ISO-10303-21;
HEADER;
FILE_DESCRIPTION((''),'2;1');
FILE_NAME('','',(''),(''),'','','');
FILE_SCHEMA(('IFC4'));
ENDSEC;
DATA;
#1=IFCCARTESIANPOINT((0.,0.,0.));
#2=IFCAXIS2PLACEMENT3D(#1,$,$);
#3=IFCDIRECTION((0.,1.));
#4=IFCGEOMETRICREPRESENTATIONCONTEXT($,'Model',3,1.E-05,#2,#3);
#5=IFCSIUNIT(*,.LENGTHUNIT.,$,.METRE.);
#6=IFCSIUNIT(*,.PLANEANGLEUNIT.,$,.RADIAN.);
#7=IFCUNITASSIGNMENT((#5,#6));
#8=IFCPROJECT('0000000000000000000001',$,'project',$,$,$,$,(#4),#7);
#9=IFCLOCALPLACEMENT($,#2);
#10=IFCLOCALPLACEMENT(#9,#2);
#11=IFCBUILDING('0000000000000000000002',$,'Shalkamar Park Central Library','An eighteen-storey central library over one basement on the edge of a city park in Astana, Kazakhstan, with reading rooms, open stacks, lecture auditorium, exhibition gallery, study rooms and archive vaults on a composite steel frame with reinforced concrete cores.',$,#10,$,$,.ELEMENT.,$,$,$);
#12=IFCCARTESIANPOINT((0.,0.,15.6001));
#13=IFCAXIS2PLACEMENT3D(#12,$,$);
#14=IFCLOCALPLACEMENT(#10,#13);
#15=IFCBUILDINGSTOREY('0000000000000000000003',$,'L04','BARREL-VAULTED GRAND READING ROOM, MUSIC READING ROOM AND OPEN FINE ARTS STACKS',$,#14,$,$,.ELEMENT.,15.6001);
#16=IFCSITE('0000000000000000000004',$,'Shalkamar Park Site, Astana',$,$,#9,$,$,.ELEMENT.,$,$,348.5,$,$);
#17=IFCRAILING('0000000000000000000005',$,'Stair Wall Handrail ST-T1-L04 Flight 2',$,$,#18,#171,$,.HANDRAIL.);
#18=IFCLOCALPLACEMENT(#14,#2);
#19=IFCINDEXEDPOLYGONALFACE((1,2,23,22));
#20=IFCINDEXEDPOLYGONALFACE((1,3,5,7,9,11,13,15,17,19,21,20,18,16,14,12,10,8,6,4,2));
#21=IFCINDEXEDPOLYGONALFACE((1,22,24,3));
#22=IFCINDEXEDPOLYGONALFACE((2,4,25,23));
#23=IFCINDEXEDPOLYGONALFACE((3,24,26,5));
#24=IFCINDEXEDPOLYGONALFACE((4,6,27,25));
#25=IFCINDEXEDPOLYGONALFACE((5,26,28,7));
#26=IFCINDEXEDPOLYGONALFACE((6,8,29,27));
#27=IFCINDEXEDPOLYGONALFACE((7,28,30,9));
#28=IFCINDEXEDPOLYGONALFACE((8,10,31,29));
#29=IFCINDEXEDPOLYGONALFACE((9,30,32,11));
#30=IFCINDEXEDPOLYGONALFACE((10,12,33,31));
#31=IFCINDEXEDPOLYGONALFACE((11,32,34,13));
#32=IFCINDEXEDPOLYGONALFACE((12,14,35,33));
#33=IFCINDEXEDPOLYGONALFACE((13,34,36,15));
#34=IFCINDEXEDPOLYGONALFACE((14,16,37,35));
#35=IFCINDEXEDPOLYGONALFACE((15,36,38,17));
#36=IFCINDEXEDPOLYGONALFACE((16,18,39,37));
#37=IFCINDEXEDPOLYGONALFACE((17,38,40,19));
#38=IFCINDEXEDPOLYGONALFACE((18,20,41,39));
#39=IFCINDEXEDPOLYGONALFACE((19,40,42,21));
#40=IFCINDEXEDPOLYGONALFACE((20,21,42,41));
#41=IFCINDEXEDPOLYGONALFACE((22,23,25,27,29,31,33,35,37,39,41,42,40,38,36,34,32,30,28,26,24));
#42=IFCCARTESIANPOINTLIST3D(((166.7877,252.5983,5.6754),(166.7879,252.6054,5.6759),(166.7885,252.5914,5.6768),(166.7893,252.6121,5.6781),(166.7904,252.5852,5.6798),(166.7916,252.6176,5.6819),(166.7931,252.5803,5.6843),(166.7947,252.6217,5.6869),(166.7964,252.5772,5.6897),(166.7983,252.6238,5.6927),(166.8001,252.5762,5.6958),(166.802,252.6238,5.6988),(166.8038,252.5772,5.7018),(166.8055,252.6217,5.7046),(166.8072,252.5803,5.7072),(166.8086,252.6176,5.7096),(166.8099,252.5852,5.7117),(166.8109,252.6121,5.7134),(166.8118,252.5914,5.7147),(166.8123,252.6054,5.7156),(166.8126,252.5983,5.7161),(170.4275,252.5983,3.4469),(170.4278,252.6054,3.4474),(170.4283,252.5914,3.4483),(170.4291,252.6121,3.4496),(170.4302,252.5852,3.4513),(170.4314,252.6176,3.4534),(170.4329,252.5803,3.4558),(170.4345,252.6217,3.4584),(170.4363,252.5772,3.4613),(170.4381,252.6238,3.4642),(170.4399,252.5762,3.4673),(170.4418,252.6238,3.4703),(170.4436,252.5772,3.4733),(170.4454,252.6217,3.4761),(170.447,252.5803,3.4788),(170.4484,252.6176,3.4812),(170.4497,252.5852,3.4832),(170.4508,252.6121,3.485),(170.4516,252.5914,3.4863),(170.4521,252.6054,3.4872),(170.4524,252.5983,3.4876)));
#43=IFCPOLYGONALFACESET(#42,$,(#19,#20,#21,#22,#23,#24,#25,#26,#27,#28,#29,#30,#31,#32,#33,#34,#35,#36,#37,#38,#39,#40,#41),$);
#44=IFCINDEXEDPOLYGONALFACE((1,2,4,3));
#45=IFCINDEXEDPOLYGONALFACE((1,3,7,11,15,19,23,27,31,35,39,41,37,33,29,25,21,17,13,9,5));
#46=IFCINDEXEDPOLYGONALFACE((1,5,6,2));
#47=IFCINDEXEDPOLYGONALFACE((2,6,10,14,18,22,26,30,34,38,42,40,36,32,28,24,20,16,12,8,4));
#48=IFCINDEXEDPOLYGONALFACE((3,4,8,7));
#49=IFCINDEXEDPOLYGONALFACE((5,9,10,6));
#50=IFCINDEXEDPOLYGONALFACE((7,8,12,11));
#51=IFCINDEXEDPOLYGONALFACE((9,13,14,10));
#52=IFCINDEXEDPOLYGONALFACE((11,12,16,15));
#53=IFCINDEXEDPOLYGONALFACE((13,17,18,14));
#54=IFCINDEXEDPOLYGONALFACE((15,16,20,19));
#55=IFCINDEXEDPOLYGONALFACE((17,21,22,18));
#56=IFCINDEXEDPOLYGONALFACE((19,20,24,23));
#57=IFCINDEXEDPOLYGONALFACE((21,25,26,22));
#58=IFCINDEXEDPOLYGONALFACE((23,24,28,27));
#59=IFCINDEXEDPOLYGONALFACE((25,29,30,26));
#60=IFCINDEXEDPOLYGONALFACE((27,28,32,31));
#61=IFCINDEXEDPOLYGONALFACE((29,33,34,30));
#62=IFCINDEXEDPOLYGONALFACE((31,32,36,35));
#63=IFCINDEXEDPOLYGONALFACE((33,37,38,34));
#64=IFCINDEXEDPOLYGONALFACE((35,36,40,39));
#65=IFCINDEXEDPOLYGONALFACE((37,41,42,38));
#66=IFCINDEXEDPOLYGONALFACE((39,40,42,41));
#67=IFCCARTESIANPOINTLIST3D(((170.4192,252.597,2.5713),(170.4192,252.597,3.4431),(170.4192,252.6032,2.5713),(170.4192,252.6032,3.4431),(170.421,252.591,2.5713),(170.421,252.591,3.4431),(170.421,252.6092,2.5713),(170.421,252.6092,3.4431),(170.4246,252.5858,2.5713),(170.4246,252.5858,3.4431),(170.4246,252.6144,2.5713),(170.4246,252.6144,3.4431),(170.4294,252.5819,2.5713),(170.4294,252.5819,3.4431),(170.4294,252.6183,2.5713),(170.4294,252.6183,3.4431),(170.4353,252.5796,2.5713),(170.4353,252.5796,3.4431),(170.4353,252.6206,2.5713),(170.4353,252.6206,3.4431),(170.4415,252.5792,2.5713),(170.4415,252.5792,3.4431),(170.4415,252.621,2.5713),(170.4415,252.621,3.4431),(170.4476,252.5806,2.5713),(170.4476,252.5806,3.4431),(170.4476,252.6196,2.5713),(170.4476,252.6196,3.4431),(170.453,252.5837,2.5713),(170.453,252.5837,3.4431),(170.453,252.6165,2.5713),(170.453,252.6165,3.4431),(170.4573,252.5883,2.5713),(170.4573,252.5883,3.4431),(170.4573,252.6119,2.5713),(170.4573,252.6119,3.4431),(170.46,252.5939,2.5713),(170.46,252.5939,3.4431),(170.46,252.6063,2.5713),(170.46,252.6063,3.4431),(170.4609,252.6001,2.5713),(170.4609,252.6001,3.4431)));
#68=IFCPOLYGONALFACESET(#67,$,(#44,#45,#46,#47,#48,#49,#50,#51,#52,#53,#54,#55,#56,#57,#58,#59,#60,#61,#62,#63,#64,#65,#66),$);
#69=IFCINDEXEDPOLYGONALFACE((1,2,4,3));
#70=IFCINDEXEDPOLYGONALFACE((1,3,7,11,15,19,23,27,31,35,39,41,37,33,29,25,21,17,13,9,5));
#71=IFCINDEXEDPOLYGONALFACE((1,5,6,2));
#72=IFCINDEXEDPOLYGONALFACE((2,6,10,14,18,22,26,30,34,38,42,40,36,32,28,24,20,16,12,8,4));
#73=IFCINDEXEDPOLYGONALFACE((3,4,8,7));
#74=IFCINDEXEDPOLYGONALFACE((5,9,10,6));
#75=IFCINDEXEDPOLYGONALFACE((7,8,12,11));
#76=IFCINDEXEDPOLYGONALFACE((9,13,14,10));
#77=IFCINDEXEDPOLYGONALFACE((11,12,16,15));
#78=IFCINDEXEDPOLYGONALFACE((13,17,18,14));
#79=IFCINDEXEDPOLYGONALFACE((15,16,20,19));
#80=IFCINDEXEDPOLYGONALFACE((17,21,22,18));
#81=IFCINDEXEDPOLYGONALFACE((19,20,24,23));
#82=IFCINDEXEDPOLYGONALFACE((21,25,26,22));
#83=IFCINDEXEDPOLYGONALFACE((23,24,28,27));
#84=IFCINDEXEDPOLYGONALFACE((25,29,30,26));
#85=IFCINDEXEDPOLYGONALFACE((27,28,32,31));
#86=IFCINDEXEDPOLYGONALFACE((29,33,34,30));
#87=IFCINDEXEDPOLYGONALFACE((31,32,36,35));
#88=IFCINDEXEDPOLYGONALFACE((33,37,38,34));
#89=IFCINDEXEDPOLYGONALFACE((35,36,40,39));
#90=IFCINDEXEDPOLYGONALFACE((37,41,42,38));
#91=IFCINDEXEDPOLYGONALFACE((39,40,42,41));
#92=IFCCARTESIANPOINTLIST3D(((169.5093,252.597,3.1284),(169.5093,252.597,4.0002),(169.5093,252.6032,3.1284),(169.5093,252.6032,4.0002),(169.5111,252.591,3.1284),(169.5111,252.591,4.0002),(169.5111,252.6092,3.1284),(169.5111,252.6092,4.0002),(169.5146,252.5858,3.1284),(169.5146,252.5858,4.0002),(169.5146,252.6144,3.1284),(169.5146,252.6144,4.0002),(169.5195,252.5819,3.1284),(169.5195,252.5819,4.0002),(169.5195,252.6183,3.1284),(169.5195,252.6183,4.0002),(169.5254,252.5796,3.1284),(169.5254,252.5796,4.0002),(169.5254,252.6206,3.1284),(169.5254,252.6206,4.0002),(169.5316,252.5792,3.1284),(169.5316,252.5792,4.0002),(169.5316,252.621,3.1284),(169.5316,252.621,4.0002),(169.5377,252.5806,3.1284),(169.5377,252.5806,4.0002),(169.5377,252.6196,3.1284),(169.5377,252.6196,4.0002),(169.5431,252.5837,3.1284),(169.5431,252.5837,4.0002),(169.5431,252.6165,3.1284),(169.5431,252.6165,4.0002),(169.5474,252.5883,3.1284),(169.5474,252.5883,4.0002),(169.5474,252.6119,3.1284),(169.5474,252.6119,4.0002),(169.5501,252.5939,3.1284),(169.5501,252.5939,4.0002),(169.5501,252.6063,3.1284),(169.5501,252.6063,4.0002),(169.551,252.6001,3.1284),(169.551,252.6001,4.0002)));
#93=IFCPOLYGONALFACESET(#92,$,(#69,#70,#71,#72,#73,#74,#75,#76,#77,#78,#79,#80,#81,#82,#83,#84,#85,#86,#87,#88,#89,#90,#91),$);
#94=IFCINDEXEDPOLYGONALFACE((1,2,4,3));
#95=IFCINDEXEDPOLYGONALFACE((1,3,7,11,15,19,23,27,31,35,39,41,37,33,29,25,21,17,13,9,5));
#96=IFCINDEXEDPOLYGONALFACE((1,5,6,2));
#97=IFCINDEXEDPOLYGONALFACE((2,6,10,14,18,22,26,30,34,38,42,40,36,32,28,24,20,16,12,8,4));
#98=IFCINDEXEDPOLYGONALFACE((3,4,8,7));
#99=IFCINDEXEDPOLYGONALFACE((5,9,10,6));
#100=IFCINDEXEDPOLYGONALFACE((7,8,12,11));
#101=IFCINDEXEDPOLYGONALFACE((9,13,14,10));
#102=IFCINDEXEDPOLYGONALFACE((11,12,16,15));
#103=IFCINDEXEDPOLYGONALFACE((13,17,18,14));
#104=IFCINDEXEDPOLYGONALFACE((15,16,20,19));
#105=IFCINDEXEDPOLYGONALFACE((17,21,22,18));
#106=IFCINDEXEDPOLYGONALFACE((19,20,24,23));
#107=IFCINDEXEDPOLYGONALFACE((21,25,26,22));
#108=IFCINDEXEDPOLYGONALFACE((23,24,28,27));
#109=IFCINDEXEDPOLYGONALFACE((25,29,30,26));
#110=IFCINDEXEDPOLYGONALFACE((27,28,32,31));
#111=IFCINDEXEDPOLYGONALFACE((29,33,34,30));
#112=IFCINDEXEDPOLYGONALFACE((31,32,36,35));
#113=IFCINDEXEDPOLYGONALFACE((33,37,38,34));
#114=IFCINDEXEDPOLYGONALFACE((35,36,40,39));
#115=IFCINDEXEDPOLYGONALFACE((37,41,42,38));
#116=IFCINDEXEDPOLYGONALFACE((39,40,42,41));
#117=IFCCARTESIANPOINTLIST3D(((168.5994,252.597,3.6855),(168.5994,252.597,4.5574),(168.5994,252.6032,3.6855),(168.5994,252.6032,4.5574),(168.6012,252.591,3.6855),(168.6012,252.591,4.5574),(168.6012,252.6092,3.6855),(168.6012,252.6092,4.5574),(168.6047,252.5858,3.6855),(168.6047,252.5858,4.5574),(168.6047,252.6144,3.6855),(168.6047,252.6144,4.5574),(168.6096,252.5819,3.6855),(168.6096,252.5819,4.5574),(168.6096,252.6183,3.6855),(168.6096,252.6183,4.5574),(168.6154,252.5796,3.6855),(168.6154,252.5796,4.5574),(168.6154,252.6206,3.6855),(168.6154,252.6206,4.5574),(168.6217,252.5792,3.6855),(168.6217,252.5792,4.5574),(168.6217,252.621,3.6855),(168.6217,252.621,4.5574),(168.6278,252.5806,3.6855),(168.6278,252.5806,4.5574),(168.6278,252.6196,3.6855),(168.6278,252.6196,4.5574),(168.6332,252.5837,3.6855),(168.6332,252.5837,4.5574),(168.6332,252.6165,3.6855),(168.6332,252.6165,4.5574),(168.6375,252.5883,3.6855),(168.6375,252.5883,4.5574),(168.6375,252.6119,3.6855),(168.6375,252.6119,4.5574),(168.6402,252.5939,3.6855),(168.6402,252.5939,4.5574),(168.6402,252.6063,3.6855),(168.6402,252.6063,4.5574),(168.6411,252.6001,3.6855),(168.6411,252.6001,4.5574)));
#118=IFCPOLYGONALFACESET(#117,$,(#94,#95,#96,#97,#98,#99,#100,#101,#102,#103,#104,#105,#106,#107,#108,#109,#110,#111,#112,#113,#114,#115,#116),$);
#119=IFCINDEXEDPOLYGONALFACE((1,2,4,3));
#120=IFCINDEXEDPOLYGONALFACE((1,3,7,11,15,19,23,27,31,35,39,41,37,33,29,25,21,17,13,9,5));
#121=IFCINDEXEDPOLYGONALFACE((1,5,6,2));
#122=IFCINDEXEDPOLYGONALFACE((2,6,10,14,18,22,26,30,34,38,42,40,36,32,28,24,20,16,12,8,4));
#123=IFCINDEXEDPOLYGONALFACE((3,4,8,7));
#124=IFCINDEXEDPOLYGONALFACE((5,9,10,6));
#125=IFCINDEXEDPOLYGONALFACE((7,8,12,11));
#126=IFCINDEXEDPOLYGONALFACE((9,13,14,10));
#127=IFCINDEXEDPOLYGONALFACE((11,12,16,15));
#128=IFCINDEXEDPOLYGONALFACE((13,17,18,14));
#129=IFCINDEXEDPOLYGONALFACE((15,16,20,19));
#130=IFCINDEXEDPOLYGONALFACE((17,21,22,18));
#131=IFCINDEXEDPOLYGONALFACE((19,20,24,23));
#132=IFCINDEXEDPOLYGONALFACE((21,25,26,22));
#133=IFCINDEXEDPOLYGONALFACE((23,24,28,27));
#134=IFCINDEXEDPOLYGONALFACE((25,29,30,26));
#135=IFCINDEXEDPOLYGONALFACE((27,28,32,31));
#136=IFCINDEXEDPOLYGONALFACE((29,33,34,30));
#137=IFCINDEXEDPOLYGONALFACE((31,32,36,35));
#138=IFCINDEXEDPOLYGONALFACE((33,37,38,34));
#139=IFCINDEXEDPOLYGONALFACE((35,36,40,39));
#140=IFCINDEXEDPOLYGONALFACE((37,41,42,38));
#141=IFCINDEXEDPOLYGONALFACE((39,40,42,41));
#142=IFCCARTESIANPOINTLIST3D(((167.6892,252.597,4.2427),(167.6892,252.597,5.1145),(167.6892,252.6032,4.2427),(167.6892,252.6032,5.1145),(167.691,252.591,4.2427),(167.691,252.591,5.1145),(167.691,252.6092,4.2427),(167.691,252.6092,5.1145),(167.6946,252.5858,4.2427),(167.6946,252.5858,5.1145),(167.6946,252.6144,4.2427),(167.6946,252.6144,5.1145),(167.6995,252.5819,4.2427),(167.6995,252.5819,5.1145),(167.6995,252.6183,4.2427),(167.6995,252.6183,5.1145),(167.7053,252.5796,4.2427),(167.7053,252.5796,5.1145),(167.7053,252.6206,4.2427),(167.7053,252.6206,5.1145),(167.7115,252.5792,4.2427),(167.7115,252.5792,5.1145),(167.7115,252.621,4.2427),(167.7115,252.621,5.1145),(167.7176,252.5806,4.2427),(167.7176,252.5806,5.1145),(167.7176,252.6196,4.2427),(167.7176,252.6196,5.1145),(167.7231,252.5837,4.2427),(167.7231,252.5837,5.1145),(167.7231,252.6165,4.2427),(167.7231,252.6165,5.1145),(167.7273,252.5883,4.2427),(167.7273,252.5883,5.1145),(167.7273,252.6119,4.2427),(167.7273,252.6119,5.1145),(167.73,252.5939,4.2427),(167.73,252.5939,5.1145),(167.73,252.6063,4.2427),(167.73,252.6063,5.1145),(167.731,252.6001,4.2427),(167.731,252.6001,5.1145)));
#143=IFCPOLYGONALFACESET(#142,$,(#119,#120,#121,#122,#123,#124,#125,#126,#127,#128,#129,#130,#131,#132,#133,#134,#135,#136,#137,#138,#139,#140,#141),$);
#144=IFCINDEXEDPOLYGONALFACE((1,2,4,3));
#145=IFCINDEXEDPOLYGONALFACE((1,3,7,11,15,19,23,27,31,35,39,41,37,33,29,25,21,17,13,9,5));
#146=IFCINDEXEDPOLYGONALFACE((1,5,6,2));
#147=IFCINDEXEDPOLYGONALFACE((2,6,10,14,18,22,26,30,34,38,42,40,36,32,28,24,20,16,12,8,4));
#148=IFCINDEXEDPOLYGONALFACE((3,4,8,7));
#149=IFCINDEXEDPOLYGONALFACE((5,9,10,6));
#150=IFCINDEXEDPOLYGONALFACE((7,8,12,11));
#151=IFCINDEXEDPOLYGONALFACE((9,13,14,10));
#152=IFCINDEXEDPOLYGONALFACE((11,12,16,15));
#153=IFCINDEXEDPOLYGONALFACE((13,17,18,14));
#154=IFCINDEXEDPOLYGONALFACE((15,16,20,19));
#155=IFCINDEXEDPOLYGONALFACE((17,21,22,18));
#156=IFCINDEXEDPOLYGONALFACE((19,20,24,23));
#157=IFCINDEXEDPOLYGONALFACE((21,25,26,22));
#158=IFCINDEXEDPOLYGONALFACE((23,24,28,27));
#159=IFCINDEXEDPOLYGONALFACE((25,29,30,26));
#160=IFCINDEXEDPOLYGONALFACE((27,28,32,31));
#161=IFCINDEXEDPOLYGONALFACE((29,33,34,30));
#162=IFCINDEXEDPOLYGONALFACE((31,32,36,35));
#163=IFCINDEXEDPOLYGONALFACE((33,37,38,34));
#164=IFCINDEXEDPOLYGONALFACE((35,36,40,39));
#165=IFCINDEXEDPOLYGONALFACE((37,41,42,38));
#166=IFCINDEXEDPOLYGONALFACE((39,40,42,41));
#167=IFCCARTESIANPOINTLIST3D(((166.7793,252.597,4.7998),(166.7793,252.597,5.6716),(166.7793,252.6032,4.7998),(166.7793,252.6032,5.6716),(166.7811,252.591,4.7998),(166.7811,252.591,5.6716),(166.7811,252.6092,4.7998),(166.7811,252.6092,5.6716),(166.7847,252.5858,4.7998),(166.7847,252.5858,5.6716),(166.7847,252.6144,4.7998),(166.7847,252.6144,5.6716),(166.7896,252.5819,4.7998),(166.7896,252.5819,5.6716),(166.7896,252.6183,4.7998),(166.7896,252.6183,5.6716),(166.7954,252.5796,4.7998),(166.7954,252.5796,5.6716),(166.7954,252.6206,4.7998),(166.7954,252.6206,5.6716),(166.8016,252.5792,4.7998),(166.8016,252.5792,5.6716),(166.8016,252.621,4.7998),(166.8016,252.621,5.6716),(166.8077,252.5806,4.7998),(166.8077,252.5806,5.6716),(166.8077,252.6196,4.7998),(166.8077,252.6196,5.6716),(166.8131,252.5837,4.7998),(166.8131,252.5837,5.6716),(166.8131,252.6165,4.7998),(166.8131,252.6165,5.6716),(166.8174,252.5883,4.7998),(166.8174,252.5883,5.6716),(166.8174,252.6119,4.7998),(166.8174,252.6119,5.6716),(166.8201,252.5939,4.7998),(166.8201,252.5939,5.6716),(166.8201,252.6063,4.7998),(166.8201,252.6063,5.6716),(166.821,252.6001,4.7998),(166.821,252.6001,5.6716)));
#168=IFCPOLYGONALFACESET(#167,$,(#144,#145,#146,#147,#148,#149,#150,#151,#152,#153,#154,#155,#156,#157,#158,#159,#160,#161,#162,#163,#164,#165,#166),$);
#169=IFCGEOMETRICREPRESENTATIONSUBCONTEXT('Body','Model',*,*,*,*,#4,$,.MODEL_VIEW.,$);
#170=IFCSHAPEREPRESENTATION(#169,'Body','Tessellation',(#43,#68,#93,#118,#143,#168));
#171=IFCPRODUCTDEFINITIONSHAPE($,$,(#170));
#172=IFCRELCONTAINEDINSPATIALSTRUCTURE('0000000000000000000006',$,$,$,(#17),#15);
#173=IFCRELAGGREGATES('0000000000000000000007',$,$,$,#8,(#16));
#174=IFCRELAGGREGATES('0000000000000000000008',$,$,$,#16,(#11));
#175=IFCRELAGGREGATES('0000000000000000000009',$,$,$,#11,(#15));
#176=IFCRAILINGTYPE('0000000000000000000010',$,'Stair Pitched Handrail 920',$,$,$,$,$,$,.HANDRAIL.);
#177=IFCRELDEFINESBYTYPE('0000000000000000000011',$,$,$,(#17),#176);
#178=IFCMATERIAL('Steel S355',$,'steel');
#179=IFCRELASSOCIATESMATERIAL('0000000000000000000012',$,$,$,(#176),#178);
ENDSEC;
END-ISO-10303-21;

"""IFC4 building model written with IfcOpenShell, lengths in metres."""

from ifc_helpers import new_model, si_unit, direction, frame, origin, origin_2d, place, context, subcontext, project, spatial, circle, extrude, material, type_object, element, save


model = new_model("IFC4")

# Units and contexts
model_context = context("Model", 3, precision=1e-05, world=origin(), true_north=direction((0.0, 1.0)))
body_context = subcontext(model_context, "Body", "Model", "MODEL_VIEW")
ifc_project = project(units=[si_unit("LENGTHUNIT", "METRE"), si_unit("PLANEANGLEUNIT", "RADIAN")], contexts=[model_context])

# Site, building, storey
site_placement = place(None, origin())
site = spatial("IfcSite", under=ifc_project, at=site_placement, Name="Shalkamar Park Site, Astana", CompositionType="ELEMENT", RefElevation=348.5)
building_placement = place(site_placement, origin())
building = spatial("IfcBuilding", under=site, at=building_placement, Name="Shalkamar Park Central Library", Description="An eighteen-storey central library over one basement on the edge of a city park in Astana, Kazakhstan, with reading rooms, open stacks, lecture auditorium, exhibition gallery, study rooms and archive vaults on a composite steel frame with reinforced concrete cores.", CompositionType="ELEMENT")
storey_placement = place(building_placement, frame((0.0, 0.0, 15.6001)))
storey = spatial("IfcBuildingStorey", under=building, at=storey_placement, Name="L04", Description="BARREL-VAULTED GRAND READING ROOM, MUSIC READING ROOM AND OPEN FINE ARTS STACKS", CompositionType="ELEMENT", Elevation=15.6001)

# Shared definitions
ifc_material_1 = material(Name="Steel S355", Category="steel")

# Railing
railing_type_1 = type_object("IfcRailingType", Name="Stair Pitched Handrail 920", PredefinedType="HANDRAIL", material=ifc_material_1)
railing_1_placement = place(storey_placement, frame((170.4399, 252.6001, 2.5713)))
element("IfcRailing", 1, at=railing_1_placement, inside=storey, type_object=railing_type_1, Name="Stair Wall Handrail ST-T1-L04 Flight 2", PredefinedType="HANDRAIL", context=body_context, shape_type="SweptSolid", body=[
    extrude(circle(Radius=0.0239, at=origin_2d()), frame((0.0, 0.0, 0.896), z_axis=(-0.85285, 0.0, 0.522156), x_axis=(0.0, -1.0, 0.0)), (0.0, 0.0, 1.0), 4.2678),
    extrude(circle(Radius=0.021, at=origin_2d()), origin(), (0.0, 0.0, 1.0), 0.8718),
    extrude(circle(Radius=0.021, at=origin_2d()), frame((-0.9099, 0.0, 0.5571)), (0.0, 0.0, 1.0), 0.8718),
    extrude(circle(Radius=0.021, at=origin_2d()), frame((-1.8198, 0.0, 1.1143)), (0.0, 0.0, 1.0), 0.8718),
    extrude(circle(Radius=0.021, at=origin_2d()), frame((-2.73, 0.0, 1.6714)), (0.0, 0.0, 1.0), 0.8718),
    extrude(circle(Radius=0.021, at=origin_2d()), frame((-3.6399, 0.0, 2.2285)), (0.0, 0.0, 1.0), 0.8718),
])

save(model, "model.ifc")
